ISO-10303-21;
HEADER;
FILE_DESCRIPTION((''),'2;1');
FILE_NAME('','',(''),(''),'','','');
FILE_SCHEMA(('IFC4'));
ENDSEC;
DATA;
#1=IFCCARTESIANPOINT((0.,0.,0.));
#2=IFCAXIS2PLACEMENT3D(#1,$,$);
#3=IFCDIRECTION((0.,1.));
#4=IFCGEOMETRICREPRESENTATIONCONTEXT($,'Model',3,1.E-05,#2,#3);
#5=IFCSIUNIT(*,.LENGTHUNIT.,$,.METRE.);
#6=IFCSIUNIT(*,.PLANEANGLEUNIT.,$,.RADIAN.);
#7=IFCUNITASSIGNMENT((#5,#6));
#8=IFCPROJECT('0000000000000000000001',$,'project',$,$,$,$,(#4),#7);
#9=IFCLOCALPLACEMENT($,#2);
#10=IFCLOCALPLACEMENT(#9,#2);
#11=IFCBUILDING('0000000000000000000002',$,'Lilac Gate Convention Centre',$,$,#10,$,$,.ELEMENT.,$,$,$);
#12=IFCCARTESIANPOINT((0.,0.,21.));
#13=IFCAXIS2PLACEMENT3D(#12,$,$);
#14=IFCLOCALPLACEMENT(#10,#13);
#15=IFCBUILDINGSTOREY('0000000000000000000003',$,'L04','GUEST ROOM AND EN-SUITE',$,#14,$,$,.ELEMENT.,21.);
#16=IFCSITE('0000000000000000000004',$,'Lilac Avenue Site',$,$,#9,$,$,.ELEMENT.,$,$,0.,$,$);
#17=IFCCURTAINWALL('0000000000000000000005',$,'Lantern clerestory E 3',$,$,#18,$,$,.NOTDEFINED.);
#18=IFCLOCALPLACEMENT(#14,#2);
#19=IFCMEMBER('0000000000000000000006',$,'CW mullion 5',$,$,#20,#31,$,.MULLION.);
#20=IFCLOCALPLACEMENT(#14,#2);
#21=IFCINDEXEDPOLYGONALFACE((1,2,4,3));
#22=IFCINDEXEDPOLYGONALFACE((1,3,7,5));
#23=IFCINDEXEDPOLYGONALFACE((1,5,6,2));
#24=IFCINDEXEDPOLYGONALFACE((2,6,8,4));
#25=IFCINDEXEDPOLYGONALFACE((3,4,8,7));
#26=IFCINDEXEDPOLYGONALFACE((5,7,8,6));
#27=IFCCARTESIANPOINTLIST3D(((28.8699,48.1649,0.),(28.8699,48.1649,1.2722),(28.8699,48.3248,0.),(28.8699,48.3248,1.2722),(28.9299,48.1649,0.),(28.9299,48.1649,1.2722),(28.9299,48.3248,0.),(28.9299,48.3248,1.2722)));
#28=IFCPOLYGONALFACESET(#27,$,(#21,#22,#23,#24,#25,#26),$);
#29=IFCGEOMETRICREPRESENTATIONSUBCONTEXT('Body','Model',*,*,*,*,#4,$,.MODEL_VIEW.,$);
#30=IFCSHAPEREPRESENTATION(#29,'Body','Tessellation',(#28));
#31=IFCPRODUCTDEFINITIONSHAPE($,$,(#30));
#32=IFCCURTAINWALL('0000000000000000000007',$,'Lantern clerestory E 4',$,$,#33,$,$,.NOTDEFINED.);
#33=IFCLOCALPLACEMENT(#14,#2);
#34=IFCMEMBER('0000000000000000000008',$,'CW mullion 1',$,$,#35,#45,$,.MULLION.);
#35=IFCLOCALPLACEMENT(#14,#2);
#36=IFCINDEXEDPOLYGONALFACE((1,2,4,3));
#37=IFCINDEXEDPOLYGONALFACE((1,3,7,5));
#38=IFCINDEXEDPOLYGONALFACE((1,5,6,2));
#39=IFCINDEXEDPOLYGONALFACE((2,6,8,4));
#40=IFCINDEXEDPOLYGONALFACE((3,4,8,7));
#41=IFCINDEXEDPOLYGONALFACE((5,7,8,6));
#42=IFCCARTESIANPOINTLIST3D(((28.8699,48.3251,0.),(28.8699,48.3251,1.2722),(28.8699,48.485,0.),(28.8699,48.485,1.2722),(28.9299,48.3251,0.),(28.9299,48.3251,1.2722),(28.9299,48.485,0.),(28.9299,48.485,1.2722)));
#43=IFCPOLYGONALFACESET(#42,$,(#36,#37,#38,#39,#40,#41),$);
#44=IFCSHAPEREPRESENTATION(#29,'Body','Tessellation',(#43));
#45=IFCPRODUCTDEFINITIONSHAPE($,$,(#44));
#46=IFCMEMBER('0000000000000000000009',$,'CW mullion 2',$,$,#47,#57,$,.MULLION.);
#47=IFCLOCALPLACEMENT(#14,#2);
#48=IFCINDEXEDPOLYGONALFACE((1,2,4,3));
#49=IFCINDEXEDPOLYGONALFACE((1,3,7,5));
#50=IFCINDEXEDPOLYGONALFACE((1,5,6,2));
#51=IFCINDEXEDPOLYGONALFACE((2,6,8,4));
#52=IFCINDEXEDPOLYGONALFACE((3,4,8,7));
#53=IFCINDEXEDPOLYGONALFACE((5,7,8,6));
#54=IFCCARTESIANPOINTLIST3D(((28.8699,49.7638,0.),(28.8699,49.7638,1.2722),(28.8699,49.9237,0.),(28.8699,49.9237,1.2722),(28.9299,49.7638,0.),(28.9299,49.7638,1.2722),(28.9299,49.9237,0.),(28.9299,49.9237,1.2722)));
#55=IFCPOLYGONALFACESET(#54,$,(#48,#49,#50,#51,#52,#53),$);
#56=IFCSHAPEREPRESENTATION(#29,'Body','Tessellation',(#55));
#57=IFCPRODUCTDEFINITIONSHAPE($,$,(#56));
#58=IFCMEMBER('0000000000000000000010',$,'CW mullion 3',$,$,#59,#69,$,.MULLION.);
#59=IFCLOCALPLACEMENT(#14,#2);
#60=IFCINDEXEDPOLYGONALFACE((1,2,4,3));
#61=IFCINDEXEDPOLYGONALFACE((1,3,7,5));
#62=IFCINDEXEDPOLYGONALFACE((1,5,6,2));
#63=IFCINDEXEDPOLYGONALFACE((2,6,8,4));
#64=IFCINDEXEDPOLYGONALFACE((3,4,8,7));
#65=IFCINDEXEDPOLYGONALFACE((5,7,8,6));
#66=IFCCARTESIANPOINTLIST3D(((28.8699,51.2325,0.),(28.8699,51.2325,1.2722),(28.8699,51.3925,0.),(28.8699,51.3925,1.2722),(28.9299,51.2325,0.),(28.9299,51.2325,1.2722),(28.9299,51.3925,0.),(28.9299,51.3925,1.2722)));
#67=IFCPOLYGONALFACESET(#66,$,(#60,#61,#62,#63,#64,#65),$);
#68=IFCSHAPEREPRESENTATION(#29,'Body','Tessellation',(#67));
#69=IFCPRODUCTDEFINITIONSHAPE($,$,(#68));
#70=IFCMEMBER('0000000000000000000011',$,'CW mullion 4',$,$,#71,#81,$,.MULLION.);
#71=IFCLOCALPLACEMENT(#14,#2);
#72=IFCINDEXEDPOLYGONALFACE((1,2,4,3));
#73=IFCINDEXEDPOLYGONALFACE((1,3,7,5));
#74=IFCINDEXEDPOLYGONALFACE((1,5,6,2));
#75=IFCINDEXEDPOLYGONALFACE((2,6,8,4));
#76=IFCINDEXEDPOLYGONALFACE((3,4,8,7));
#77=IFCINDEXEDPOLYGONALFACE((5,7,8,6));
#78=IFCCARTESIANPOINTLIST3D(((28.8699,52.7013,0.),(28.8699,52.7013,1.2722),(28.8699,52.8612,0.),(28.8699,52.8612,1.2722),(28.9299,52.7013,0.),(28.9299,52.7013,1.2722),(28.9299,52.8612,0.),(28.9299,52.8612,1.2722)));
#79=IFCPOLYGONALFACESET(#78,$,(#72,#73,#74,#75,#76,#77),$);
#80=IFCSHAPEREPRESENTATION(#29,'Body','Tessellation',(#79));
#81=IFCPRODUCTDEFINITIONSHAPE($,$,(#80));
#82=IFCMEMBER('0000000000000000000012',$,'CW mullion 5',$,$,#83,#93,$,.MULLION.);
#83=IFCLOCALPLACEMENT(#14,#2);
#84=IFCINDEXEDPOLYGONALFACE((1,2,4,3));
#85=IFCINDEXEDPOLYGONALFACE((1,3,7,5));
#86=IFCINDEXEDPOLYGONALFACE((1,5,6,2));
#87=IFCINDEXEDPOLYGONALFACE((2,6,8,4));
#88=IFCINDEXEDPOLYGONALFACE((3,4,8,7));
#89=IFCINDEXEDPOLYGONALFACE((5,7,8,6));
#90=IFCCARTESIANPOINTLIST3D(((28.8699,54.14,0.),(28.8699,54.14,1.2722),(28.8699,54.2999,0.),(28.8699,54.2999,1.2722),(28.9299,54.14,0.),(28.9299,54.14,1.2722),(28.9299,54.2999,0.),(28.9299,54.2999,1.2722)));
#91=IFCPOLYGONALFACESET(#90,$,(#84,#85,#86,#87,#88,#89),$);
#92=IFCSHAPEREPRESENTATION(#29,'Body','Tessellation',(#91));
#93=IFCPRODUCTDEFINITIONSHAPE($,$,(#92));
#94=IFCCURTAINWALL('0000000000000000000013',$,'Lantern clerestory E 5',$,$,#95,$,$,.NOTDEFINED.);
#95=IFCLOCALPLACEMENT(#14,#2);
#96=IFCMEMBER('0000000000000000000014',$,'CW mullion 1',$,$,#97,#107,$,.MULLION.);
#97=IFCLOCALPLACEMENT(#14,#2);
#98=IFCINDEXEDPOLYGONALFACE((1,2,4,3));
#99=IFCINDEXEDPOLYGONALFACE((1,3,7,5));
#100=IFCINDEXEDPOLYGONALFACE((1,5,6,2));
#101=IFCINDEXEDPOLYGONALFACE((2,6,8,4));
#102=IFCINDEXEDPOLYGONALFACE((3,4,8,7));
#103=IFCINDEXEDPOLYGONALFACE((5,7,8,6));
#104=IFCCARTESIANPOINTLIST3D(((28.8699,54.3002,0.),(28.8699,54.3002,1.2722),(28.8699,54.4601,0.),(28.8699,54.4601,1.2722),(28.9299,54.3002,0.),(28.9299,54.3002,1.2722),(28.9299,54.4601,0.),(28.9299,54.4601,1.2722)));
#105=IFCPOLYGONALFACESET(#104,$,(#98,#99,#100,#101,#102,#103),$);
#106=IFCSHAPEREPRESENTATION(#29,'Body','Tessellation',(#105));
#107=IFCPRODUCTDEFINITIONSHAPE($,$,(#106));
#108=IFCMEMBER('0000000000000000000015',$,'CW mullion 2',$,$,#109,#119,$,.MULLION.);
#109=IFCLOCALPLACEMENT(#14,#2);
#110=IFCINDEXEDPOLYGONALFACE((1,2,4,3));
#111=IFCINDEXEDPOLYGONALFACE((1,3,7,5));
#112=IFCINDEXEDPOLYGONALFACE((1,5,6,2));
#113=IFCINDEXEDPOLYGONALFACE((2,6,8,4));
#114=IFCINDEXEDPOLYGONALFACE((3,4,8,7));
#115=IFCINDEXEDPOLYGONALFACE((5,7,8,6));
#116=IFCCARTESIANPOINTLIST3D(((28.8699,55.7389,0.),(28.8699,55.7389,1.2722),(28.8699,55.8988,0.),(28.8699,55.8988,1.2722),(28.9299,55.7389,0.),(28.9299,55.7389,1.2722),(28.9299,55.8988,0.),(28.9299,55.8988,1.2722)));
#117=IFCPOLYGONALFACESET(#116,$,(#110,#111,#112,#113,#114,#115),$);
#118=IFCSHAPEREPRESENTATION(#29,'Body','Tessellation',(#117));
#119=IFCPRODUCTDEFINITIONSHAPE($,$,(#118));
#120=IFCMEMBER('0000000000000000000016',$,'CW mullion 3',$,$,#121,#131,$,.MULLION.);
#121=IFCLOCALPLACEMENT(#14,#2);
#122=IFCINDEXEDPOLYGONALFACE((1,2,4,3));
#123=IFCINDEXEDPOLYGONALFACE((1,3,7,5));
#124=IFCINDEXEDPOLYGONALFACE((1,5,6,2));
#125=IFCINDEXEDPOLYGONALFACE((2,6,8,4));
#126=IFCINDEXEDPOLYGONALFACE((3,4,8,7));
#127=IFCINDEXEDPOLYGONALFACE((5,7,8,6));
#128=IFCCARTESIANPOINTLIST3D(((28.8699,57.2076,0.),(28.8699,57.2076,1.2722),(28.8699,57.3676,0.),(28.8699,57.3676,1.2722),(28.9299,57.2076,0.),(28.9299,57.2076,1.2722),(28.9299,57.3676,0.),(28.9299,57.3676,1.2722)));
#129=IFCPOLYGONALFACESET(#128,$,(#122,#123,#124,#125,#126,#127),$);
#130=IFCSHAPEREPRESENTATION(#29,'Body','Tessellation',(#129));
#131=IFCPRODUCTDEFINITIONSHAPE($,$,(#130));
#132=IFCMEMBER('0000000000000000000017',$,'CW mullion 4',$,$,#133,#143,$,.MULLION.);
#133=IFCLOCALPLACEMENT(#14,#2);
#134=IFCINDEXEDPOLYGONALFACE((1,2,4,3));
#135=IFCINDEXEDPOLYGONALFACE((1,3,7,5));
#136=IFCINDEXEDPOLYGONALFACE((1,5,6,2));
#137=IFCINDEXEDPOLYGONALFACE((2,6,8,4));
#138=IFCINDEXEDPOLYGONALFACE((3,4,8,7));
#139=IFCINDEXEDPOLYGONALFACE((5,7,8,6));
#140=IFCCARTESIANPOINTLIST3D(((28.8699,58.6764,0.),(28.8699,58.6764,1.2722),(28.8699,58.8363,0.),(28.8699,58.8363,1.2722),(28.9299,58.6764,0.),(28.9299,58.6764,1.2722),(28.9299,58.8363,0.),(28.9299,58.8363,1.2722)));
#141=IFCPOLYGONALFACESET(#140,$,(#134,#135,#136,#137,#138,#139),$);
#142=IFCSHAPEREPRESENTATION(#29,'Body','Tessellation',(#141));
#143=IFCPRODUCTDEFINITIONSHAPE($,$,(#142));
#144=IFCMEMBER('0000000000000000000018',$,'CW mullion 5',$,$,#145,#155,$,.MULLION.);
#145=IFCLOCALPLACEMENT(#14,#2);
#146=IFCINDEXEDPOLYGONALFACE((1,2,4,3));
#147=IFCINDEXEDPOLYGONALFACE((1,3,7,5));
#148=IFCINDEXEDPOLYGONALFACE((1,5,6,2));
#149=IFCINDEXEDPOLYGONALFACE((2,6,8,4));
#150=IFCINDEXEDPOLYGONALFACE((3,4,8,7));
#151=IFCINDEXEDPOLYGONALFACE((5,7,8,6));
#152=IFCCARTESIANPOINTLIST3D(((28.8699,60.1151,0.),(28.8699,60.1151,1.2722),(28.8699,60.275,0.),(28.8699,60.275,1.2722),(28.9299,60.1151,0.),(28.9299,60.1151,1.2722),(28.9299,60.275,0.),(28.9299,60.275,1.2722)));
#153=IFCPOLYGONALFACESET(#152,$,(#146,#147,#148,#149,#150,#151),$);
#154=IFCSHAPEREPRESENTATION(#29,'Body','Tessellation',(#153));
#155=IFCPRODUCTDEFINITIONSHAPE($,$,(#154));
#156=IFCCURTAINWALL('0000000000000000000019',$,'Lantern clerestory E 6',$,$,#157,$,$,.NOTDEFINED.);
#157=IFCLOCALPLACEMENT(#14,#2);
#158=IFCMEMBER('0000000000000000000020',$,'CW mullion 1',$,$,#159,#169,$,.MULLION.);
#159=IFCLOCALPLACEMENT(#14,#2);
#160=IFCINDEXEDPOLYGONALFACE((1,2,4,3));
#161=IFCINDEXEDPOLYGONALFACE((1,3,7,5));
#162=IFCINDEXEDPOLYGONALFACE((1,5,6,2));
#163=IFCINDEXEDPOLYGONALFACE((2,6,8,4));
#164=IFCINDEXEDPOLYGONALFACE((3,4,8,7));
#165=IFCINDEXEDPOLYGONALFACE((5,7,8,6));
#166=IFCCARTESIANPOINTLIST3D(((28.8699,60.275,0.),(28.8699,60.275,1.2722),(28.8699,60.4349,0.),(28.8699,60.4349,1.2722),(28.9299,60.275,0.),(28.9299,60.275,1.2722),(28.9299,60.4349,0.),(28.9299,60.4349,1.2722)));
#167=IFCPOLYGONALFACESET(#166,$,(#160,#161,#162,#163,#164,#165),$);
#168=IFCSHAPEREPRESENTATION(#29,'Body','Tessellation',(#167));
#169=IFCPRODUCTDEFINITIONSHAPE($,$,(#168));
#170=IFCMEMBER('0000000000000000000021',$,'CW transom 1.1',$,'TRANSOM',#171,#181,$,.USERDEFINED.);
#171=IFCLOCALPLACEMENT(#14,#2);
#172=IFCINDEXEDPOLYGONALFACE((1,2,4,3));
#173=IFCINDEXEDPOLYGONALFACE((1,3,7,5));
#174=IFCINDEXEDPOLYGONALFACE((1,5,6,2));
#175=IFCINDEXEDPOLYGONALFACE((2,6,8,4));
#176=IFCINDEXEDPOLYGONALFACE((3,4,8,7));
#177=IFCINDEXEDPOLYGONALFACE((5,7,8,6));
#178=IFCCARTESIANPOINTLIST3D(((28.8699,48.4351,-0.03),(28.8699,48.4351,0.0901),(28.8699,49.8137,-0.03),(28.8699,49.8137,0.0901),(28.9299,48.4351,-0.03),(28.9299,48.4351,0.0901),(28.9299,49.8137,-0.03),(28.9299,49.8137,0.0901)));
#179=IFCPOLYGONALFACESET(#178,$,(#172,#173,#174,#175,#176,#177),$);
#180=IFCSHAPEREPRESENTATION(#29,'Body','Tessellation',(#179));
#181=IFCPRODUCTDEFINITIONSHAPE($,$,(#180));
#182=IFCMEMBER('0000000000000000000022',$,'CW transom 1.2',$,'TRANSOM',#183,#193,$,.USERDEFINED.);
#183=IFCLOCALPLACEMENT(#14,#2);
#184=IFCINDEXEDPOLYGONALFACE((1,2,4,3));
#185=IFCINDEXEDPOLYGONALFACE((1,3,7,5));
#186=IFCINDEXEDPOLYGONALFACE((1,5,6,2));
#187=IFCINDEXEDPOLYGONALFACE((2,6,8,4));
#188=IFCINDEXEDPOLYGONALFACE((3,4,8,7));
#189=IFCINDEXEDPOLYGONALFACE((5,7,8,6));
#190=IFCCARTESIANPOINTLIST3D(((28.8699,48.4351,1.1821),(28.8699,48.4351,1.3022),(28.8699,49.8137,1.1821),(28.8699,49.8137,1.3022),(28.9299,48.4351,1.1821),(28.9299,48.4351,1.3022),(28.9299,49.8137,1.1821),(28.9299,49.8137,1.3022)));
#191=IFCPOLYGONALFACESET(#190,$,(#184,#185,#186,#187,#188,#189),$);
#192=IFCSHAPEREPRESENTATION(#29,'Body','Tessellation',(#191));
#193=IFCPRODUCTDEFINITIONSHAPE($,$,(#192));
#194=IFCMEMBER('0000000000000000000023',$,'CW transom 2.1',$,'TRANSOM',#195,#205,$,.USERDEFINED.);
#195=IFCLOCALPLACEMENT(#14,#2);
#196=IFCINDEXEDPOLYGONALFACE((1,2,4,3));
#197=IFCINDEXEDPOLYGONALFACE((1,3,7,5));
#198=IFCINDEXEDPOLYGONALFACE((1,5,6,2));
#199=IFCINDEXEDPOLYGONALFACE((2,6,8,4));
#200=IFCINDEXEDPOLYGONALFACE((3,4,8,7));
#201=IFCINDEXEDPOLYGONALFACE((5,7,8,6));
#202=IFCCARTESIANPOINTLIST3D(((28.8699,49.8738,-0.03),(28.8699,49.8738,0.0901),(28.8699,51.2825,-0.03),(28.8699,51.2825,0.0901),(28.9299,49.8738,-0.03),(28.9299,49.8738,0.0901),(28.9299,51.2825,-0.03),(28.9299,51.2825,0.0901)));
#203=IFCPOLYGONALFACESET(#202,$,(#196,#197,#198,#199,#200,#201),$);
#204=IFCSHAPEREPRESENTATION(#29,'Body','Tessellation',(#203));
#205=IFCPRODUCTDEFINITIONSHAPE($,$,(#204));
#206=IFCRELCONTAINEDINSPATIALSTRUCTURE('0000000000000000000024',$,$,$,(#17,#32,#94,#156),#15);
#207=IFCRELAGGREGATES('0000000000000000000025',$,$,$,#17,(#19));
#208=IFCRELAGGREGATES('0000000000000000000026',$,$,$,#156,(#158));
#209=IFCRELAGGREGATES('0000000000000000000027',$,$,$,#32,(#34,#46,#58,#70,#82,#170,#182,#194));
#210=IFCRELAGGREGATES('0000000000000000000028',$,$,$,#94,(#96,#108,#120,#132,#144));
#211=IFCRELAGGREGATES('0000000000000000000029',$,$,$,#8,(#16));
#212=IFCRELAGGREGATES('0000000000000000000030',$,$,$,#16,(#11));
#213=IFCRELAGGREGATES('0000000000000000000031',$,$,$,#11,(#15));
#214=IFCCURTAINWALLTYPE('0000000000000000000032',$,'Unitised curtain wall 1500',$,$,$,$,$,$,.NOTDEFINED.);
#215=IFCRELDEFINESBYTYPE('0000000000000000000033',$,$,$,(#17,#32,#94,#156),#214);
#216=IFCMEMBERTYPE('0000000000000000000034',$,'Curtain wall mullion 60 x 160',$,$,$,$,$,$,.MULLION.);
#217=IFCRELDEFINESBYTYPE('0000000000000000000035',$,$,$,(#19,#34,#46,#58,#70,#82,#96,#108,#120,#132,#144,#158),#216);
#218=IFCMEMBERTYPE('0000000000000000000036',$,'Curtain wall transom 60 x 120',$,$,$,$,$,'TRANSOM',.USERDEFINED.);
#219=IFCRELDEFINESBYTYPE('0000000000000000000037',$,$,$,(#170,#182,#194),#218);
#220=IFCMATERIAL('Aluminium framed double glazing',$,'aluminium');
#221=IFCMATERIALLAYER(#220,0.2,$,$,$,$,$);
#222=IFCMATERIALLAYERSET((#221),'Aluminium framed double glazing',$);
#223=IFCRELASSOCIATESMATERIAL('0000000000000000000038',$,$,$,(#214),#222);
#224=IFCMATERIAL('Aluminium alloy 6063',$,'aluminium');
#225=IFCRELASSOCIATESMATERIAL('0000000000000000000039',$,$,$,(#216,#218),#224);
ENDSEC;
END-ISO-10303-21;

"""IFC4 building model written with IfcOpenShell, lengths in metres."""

from ifc_helpers import new_model, si_unit, direction, frame, origin, origin_2d, place, context, subcontext, project, spatial, rectangle, extrude, material, layer, layer_set, material_profile, profile_set, type_object, element, aggregate, save


model = new_model("IFC4")

# Units and contexts
model_context = context("Model", 3, precision=1e-05, world=origin(), true_north=direction((0.0, 1.0)))
body_context = subcontext(model_context, "Body", "Model", "MODEL_VIEW")
ifc_project = project(units=[si_unit("LENGTHUNIT", "METRE"), si_unit("PLANEANGLEUNIT", "RADIAN")], contexts=[model_context])

# Site, building, storey
site_placement = place(None, origin())
site = spatial("IfcSite", under=ifc_project, at=site_placement, Name="Lilac Avenue Site", CompositionType="ELEMENT", RefElevation=0.0)
building_placement = place(site_placement, origin())
building = spatial("IfcBuilding", under=site, at=building_placement, Name="Lilac Gate Convention Centre", CompositionType="ELEMENT")
storey_placement = place(building_placement, frame((0.0, 0.0, 21.0)))
storey = spatial("IfcBuildingStorey", under=building, at=storey_placement, Name="L04", Description="GUEST ROOM AND EN-SUITE", CompositionType="ELEMENT", Elevation=21.0)

# Curtain wall, member
ifc_material_1 = material(Name="Aluminium framed double glazing", Category="aluminium")
ifc_layer_1 = layer(ifc_material_1, 0.2)
ifc_layer_set_1 = layer_set([ifc_layer_1], Name="Aluminium framed double glazing")
curtain_wall_type = type_object("IfcCurtainWallType", Name="Unitised curtain wall 1500", PredefinedType="NOTDEFINED", material=ifc_layer_set_1)
curtain_wall_1_placement = place(storey_placement, origin())
curtain_wall_1 = element("IfcCurtainWall", 1, at=curtain_wall_1_placement, inside=storey, type_object=curtain_wall_type, Name="Lantern clerestory E 3", PredefinedType="NOTDEFINED")
ifc_material_2 = material(Name="Aluminium alloy 6063", Category="aluminium")
ifc_material_profile_1 = material_profile(ifc_material_2, rectangle(XDim=0.0601, YDim=0.1599, at=origin_2d()), Name="Curtain wall mullion 60 x 160")
ifc_profile_set_1 = profile_set([ifc_material_profile_1], Name="Aluminium alloy 6063")
member_type_1 = type_object("IfcMemberType", Name="Curtain wall mullion 60 x 160", PredefinedType="MULLION", material=ifc_profile_set_1)
member_1_placement = place(storey_placement, frame((28.8999, 48.2449, 0.0), z_axis=(0.0, 0.0, 1.0), x_axis=(-1.0, 0.0, 0.0)))
member_1 = element("IfcMember", 2, at=member_1_placement, type_object=member_type_1, Name="CW mullion 5", PredefinedType="MULLION", context=body_context, shape_type="SweptSolid", body=[
    extrude(rectangle(XDim=0.0601, YDim=0.1599, at=origin_2d()), origin(), (0.0, 0.0, 1.0), 1.2722),
])
aggregate(curtain_wall_1, [member_1])

# Curtain walls, members
curtain_wall_2_placement = place(storey_placement, origin())
curtain_wall_2 = element("IfcCurtainWall", 3, at=curtain_wall_2_placement, inside=storey, type_object=curtain_wall_type, Name="Lantern clerestory E 4", PredefinedType="NOTDEFINED")
member_2_placement = place(storey_placement, frame((28.8999, 48.405, 0.0), z_axis=(0.0, 0.0, 1.0), x_axis=(-1.0, 0.0, 0.0)))
member_2 = element("IfcMember", 4, at=member_2_placement, type_object=member_type_1, Name="CW mullion 1", PredefinedType="MULLION", context=body_context, shape_type="SweptSolid", body=[
    extrude(rectangle(XDim=0.0601, YDim=0.1599, at=origin_2d()), origin(), (0.0, 0.0, 1.0), 1.2722),
])
member_3_placement = place(storey_placement, frame((28.8999, 49.8438, 0.0), z_axis=(0.0, 0.0, 1.0), x_axis=(-1.0, 0.0, 0.0)))
member_3 = element("IfcMember", 5, at=member_3_placement, type_object=member_type_1, Name="CW mullion 2", PredefinedType="MULLION", context=body_context, shape_type="SweptSolid", body=[
    extrude(rectangle(XDim=0.0601, YDim=0.1599, at=origin_2d()), origin(), (0.0, 0.0, 1.0), 1.2722),
])
member_4_placement = place(storey_placement, frame((28.8999, 51.3125, 0.0), z_axis=(0.0, 0.0, 1.0), x_axis=(-1.0, 0.0, 0.0)))
member_4 = element("IfcMember", 6, at=member_4_placement, type_object=member_type_1, Name="CW mullion 3", PredefinedType="MULLION", context=body_context, shape_type="SweptSolid", body=[
    extrude(rectangle(XDim=0.0601, YDim=0.1599, at=origin_2d()), origin(), (0.0, 0.0, 1.0), 1.2722),
])
member_5_placement = place(storey_placement, frame((28.8999, 52.7812, 0.0), z_axis=(0.0, 0.0, 1.0), x_axis=(-1.0, 0.0, 0.0)))
member_5 = element("IfcMember", 7, at=member_5_placement, type_object=member_type_1, Name="CW mullion 4", PredefinedType="MULLION", context=body_context, shape_type="SweptSolid", body=[
    extrude(rectangle(XDim=0.0601, YDim=0.1599, at=origin_2d()), origin(), (0.0, 0.0, 1.0), 1.2722),
])
member_6_placement = place(storey_placement, frame((28.8999, 54.22, 0.0), z_axis=(0.0, 0.0, 1.0), x_axis=(-1.0, 0.0, 0.0)))
member_6 = element("IfcMember", 8, at=member_6_placement, type_object=member_type_1, Name="CW mullion 5", PredefinedType="MULLION", context=body_context, shape_type="SweptSolid", body=[
    extrude(rectangle(XDim=0.0601, YDim=0.1599, at=origin_2d()), origin(), (0.0, 0.0, 1.0), 1.2722),
])
curtain_wall_3_placement = place(storey_placement, origin())
curtain_wall_3 = element("IfcCurtainWall", 9, at=curtain_wall_3_placement, inside=storey, type_object=curtain_wall_type, Name="Lantern clerestory E 5", PredefinedType="NOTDEFINED")
member_7_placement = place(storey_placement, frame((28.8999, 54.3801, 0.0), z_axis=(0.0, 0.0, 1.0), x_axis=(-1.0, 0.0, 0.0)))
member_7 = element("IfcMember", 10, at=member_7_placement, type_object=member_type_1, Name="CW mullion 1", PredefinedType="MULLION", context=body_context, shape_type="SweptSolid", body=[
    extrude(rectangle(XDim=0.0601, YDim=0.1599, at=origin_2d()), origin(), (0.0, 0.0, 1.0), 1.2722),
])
member_8_placement = place(storey_placement, frame((28.8999, 55.8188, 0.0), z_axis=(0.0, 0.0, 1.0), x_axis=(-1.0, 0.0, 0.0)))
member_8 = element("IfcMember", 11, at=member_8_placement, type_object=member_type_1, Name="CW mullion 2", PredefinedType="MULLION", context=body_context, shape_type="SweptSolid", body=[
    extrude(rectangle(XDim=0.0601, YDim=0.1599, at=origin_2d()), origin(), (0.0, 0.0, 1.0), 1.2722),
])
member_9_placement = place(storey_placement, frame((28.8999, 57.2876, 0.0), z_axis=(0.0, 0.0, 1.0), x_axis=(-1.0, 0.0, 0.0)))
member_9 = element("IfcMember", 12, at=member_9_placement, type_object=member_type_1, Name="CW mullion 3", PredefinedType="MULLION", context=body_context, shape_type="SweptSolid", body=[
    extrude(rectangle(XDim=0.0601, YDim=0.1599, at=origin_2d()), origin(), (0.0, 0.0, 1.0), 1.2722),
])
member_10_placement = place(storey_placement, frame((28.8999, 58.7563, 0.0), z_axis=(0.0, 0.0, 1.0), x_axis=(-1.0, 0.0, 0.0)))
member_10 = element("IfcMember", 13, at=member_10_placement, type_object=member_type_1, Name="CW mullion 4", PredefinedType="MULLION", context=body_context, shape_type="SweptSolid", body=[
    extrude(rectangle(XDim=0.0601, YDim=0.1599, at=origin_2d()), origin(), (0.0, 0.0, 1.0), 1.2722),
])
member_11_placement = place(storey_placement, frame((28.8999, 60.1951, 0.0), z_axis=(0.0, 0.0, 1.0), x_axis=(-1.0, 0.0, 0.0)))
member_11 = element("IfcMember", 14, at=member_11_placement, type_object=member_type_1, Name="CW mullion 5", PredefinedType="MULLION", context=body_context, shape_type="SweptSolid", body=[
    extrude(rectangle(XDim=0.0601, YDim=0.1599, at=origin_2d()), origin(), (0.0, 0.0, 1.0), 1.2722),
])

# Curtain wall, member
curtain_wall_4_placement = place(storey_placement, origin())
curtain_wall_4 = element("IfcCurtainWall", 15, at=curtain_wall_4_placement, inside=storey, type_object=curtain_wall_type, Name="Lantern clerestory E 6", PredefinedType="NOTDEFINED")
member_12_placement = place(storey_placement, frame((28.8999, 60.355, 0.0), z_axis=(0.0, 0.0, 1.0), x_axis=(-1.0, 0.0, 0.0)))
member_12 = element("IfcMember", 16, at=member_12_placement, type_object=member_type_1, Name="CW mullion 1", PredefinedType="MULLION", context=body_context, shape_type="SweptSolid", body=[
    extrude(rectangle(XDim=0.0601, YDim=0.1599, at=origin_2d()), origin(), (0.0, 0.0, 1.0), 1.2722),
])

# Members
ifc_material_profile_2 = material_profile(ifc_material_2, rectangle(XDim=0.0601, YDim=0.1201, at=origin_2d()), Name="Curtain wall transom 60 x 120")
ifc_profile_set_2 = profile_set([ifc_material_profile_2], Name="Aluminium alloy 6063")
member_type_2 = type_object("IfcMemberType", Name="Curtain wall transom 60 x 120", ElementType="TRANSOM", PredefinedType="USERDEFINED", material=ifc_profile_set_2)
member_13_placement = place(storey_placement, frame((28.8999, 48.4351, 0.03), z_axis=(0.0, 1.0, 0.0), x_axis=(-1.0, 0.0, 0.0)))
member_13 = element("IfcMember", 17, at=member_13_placement, type_object=member_type_2, Name="CW transom 1.1", ObjectType="TRANSOM", PredefinedType="USERDEFINED", context=body_context, shape_type="SweptSolid", body=[
    extrude(rectangle(XDim=0.0601, YDim=0.1201, at=origin_2d()), origin(), (0.0, 0.0, 1.0), 1.3787),
])
member_14_placement = place(storey_placement, frame((28.8999, 48.4351, 1.2422), z_axis=(0.0, 1.0, 0.0), x_axis=(-1.0, 0.0, 0.0)))
member_14 = element("IfcMember", 18, at=member_14_placement, type_object=member_type_2, Name="CW transom 1.2", ObjectType="TRANSOM", PredefinedType="USERDEFINED", context=body_context, shape_type="SweptSolid", body=[
    extrude(rectangle(XDim=0.0601, YDim=0.1201, at=origin_2d()), origin(), (0.0, 0.0, 1.0), 1.3787),
])
member_15_placement = place(storey_placement, frame((28.8999, 49.8738, 0.03), z_axis=(0.0, 1.0, 0.0), x_axis=(-1.0, 0.0, 0.0)))
member_15 = element("IfcMember", 19, at=member_15_placement, type_object=member_type_2, Name="CW transom 2.1", ObjectType="TRANSOM", PredefinedType="USERDEFINED", context=body_context, shape_type="SweptSolid", body=[
    extrude(rectangle(XDim=0.0601, YDim=0.1201, at=origin_2d()), origin(), (0.0, 0.0, 1.0), 1.4087),
])
aggregate(curtain_wall_4, [member_12])

aggregate(curtain_wall_2, [member_2, member_3, member_4, member_5, member_6, member_13, member_14, member_15])
aggregate(curtain_wall_3, [member_7, member_8, member_9, member_10, member_11])

save(model, "model.ifc")
